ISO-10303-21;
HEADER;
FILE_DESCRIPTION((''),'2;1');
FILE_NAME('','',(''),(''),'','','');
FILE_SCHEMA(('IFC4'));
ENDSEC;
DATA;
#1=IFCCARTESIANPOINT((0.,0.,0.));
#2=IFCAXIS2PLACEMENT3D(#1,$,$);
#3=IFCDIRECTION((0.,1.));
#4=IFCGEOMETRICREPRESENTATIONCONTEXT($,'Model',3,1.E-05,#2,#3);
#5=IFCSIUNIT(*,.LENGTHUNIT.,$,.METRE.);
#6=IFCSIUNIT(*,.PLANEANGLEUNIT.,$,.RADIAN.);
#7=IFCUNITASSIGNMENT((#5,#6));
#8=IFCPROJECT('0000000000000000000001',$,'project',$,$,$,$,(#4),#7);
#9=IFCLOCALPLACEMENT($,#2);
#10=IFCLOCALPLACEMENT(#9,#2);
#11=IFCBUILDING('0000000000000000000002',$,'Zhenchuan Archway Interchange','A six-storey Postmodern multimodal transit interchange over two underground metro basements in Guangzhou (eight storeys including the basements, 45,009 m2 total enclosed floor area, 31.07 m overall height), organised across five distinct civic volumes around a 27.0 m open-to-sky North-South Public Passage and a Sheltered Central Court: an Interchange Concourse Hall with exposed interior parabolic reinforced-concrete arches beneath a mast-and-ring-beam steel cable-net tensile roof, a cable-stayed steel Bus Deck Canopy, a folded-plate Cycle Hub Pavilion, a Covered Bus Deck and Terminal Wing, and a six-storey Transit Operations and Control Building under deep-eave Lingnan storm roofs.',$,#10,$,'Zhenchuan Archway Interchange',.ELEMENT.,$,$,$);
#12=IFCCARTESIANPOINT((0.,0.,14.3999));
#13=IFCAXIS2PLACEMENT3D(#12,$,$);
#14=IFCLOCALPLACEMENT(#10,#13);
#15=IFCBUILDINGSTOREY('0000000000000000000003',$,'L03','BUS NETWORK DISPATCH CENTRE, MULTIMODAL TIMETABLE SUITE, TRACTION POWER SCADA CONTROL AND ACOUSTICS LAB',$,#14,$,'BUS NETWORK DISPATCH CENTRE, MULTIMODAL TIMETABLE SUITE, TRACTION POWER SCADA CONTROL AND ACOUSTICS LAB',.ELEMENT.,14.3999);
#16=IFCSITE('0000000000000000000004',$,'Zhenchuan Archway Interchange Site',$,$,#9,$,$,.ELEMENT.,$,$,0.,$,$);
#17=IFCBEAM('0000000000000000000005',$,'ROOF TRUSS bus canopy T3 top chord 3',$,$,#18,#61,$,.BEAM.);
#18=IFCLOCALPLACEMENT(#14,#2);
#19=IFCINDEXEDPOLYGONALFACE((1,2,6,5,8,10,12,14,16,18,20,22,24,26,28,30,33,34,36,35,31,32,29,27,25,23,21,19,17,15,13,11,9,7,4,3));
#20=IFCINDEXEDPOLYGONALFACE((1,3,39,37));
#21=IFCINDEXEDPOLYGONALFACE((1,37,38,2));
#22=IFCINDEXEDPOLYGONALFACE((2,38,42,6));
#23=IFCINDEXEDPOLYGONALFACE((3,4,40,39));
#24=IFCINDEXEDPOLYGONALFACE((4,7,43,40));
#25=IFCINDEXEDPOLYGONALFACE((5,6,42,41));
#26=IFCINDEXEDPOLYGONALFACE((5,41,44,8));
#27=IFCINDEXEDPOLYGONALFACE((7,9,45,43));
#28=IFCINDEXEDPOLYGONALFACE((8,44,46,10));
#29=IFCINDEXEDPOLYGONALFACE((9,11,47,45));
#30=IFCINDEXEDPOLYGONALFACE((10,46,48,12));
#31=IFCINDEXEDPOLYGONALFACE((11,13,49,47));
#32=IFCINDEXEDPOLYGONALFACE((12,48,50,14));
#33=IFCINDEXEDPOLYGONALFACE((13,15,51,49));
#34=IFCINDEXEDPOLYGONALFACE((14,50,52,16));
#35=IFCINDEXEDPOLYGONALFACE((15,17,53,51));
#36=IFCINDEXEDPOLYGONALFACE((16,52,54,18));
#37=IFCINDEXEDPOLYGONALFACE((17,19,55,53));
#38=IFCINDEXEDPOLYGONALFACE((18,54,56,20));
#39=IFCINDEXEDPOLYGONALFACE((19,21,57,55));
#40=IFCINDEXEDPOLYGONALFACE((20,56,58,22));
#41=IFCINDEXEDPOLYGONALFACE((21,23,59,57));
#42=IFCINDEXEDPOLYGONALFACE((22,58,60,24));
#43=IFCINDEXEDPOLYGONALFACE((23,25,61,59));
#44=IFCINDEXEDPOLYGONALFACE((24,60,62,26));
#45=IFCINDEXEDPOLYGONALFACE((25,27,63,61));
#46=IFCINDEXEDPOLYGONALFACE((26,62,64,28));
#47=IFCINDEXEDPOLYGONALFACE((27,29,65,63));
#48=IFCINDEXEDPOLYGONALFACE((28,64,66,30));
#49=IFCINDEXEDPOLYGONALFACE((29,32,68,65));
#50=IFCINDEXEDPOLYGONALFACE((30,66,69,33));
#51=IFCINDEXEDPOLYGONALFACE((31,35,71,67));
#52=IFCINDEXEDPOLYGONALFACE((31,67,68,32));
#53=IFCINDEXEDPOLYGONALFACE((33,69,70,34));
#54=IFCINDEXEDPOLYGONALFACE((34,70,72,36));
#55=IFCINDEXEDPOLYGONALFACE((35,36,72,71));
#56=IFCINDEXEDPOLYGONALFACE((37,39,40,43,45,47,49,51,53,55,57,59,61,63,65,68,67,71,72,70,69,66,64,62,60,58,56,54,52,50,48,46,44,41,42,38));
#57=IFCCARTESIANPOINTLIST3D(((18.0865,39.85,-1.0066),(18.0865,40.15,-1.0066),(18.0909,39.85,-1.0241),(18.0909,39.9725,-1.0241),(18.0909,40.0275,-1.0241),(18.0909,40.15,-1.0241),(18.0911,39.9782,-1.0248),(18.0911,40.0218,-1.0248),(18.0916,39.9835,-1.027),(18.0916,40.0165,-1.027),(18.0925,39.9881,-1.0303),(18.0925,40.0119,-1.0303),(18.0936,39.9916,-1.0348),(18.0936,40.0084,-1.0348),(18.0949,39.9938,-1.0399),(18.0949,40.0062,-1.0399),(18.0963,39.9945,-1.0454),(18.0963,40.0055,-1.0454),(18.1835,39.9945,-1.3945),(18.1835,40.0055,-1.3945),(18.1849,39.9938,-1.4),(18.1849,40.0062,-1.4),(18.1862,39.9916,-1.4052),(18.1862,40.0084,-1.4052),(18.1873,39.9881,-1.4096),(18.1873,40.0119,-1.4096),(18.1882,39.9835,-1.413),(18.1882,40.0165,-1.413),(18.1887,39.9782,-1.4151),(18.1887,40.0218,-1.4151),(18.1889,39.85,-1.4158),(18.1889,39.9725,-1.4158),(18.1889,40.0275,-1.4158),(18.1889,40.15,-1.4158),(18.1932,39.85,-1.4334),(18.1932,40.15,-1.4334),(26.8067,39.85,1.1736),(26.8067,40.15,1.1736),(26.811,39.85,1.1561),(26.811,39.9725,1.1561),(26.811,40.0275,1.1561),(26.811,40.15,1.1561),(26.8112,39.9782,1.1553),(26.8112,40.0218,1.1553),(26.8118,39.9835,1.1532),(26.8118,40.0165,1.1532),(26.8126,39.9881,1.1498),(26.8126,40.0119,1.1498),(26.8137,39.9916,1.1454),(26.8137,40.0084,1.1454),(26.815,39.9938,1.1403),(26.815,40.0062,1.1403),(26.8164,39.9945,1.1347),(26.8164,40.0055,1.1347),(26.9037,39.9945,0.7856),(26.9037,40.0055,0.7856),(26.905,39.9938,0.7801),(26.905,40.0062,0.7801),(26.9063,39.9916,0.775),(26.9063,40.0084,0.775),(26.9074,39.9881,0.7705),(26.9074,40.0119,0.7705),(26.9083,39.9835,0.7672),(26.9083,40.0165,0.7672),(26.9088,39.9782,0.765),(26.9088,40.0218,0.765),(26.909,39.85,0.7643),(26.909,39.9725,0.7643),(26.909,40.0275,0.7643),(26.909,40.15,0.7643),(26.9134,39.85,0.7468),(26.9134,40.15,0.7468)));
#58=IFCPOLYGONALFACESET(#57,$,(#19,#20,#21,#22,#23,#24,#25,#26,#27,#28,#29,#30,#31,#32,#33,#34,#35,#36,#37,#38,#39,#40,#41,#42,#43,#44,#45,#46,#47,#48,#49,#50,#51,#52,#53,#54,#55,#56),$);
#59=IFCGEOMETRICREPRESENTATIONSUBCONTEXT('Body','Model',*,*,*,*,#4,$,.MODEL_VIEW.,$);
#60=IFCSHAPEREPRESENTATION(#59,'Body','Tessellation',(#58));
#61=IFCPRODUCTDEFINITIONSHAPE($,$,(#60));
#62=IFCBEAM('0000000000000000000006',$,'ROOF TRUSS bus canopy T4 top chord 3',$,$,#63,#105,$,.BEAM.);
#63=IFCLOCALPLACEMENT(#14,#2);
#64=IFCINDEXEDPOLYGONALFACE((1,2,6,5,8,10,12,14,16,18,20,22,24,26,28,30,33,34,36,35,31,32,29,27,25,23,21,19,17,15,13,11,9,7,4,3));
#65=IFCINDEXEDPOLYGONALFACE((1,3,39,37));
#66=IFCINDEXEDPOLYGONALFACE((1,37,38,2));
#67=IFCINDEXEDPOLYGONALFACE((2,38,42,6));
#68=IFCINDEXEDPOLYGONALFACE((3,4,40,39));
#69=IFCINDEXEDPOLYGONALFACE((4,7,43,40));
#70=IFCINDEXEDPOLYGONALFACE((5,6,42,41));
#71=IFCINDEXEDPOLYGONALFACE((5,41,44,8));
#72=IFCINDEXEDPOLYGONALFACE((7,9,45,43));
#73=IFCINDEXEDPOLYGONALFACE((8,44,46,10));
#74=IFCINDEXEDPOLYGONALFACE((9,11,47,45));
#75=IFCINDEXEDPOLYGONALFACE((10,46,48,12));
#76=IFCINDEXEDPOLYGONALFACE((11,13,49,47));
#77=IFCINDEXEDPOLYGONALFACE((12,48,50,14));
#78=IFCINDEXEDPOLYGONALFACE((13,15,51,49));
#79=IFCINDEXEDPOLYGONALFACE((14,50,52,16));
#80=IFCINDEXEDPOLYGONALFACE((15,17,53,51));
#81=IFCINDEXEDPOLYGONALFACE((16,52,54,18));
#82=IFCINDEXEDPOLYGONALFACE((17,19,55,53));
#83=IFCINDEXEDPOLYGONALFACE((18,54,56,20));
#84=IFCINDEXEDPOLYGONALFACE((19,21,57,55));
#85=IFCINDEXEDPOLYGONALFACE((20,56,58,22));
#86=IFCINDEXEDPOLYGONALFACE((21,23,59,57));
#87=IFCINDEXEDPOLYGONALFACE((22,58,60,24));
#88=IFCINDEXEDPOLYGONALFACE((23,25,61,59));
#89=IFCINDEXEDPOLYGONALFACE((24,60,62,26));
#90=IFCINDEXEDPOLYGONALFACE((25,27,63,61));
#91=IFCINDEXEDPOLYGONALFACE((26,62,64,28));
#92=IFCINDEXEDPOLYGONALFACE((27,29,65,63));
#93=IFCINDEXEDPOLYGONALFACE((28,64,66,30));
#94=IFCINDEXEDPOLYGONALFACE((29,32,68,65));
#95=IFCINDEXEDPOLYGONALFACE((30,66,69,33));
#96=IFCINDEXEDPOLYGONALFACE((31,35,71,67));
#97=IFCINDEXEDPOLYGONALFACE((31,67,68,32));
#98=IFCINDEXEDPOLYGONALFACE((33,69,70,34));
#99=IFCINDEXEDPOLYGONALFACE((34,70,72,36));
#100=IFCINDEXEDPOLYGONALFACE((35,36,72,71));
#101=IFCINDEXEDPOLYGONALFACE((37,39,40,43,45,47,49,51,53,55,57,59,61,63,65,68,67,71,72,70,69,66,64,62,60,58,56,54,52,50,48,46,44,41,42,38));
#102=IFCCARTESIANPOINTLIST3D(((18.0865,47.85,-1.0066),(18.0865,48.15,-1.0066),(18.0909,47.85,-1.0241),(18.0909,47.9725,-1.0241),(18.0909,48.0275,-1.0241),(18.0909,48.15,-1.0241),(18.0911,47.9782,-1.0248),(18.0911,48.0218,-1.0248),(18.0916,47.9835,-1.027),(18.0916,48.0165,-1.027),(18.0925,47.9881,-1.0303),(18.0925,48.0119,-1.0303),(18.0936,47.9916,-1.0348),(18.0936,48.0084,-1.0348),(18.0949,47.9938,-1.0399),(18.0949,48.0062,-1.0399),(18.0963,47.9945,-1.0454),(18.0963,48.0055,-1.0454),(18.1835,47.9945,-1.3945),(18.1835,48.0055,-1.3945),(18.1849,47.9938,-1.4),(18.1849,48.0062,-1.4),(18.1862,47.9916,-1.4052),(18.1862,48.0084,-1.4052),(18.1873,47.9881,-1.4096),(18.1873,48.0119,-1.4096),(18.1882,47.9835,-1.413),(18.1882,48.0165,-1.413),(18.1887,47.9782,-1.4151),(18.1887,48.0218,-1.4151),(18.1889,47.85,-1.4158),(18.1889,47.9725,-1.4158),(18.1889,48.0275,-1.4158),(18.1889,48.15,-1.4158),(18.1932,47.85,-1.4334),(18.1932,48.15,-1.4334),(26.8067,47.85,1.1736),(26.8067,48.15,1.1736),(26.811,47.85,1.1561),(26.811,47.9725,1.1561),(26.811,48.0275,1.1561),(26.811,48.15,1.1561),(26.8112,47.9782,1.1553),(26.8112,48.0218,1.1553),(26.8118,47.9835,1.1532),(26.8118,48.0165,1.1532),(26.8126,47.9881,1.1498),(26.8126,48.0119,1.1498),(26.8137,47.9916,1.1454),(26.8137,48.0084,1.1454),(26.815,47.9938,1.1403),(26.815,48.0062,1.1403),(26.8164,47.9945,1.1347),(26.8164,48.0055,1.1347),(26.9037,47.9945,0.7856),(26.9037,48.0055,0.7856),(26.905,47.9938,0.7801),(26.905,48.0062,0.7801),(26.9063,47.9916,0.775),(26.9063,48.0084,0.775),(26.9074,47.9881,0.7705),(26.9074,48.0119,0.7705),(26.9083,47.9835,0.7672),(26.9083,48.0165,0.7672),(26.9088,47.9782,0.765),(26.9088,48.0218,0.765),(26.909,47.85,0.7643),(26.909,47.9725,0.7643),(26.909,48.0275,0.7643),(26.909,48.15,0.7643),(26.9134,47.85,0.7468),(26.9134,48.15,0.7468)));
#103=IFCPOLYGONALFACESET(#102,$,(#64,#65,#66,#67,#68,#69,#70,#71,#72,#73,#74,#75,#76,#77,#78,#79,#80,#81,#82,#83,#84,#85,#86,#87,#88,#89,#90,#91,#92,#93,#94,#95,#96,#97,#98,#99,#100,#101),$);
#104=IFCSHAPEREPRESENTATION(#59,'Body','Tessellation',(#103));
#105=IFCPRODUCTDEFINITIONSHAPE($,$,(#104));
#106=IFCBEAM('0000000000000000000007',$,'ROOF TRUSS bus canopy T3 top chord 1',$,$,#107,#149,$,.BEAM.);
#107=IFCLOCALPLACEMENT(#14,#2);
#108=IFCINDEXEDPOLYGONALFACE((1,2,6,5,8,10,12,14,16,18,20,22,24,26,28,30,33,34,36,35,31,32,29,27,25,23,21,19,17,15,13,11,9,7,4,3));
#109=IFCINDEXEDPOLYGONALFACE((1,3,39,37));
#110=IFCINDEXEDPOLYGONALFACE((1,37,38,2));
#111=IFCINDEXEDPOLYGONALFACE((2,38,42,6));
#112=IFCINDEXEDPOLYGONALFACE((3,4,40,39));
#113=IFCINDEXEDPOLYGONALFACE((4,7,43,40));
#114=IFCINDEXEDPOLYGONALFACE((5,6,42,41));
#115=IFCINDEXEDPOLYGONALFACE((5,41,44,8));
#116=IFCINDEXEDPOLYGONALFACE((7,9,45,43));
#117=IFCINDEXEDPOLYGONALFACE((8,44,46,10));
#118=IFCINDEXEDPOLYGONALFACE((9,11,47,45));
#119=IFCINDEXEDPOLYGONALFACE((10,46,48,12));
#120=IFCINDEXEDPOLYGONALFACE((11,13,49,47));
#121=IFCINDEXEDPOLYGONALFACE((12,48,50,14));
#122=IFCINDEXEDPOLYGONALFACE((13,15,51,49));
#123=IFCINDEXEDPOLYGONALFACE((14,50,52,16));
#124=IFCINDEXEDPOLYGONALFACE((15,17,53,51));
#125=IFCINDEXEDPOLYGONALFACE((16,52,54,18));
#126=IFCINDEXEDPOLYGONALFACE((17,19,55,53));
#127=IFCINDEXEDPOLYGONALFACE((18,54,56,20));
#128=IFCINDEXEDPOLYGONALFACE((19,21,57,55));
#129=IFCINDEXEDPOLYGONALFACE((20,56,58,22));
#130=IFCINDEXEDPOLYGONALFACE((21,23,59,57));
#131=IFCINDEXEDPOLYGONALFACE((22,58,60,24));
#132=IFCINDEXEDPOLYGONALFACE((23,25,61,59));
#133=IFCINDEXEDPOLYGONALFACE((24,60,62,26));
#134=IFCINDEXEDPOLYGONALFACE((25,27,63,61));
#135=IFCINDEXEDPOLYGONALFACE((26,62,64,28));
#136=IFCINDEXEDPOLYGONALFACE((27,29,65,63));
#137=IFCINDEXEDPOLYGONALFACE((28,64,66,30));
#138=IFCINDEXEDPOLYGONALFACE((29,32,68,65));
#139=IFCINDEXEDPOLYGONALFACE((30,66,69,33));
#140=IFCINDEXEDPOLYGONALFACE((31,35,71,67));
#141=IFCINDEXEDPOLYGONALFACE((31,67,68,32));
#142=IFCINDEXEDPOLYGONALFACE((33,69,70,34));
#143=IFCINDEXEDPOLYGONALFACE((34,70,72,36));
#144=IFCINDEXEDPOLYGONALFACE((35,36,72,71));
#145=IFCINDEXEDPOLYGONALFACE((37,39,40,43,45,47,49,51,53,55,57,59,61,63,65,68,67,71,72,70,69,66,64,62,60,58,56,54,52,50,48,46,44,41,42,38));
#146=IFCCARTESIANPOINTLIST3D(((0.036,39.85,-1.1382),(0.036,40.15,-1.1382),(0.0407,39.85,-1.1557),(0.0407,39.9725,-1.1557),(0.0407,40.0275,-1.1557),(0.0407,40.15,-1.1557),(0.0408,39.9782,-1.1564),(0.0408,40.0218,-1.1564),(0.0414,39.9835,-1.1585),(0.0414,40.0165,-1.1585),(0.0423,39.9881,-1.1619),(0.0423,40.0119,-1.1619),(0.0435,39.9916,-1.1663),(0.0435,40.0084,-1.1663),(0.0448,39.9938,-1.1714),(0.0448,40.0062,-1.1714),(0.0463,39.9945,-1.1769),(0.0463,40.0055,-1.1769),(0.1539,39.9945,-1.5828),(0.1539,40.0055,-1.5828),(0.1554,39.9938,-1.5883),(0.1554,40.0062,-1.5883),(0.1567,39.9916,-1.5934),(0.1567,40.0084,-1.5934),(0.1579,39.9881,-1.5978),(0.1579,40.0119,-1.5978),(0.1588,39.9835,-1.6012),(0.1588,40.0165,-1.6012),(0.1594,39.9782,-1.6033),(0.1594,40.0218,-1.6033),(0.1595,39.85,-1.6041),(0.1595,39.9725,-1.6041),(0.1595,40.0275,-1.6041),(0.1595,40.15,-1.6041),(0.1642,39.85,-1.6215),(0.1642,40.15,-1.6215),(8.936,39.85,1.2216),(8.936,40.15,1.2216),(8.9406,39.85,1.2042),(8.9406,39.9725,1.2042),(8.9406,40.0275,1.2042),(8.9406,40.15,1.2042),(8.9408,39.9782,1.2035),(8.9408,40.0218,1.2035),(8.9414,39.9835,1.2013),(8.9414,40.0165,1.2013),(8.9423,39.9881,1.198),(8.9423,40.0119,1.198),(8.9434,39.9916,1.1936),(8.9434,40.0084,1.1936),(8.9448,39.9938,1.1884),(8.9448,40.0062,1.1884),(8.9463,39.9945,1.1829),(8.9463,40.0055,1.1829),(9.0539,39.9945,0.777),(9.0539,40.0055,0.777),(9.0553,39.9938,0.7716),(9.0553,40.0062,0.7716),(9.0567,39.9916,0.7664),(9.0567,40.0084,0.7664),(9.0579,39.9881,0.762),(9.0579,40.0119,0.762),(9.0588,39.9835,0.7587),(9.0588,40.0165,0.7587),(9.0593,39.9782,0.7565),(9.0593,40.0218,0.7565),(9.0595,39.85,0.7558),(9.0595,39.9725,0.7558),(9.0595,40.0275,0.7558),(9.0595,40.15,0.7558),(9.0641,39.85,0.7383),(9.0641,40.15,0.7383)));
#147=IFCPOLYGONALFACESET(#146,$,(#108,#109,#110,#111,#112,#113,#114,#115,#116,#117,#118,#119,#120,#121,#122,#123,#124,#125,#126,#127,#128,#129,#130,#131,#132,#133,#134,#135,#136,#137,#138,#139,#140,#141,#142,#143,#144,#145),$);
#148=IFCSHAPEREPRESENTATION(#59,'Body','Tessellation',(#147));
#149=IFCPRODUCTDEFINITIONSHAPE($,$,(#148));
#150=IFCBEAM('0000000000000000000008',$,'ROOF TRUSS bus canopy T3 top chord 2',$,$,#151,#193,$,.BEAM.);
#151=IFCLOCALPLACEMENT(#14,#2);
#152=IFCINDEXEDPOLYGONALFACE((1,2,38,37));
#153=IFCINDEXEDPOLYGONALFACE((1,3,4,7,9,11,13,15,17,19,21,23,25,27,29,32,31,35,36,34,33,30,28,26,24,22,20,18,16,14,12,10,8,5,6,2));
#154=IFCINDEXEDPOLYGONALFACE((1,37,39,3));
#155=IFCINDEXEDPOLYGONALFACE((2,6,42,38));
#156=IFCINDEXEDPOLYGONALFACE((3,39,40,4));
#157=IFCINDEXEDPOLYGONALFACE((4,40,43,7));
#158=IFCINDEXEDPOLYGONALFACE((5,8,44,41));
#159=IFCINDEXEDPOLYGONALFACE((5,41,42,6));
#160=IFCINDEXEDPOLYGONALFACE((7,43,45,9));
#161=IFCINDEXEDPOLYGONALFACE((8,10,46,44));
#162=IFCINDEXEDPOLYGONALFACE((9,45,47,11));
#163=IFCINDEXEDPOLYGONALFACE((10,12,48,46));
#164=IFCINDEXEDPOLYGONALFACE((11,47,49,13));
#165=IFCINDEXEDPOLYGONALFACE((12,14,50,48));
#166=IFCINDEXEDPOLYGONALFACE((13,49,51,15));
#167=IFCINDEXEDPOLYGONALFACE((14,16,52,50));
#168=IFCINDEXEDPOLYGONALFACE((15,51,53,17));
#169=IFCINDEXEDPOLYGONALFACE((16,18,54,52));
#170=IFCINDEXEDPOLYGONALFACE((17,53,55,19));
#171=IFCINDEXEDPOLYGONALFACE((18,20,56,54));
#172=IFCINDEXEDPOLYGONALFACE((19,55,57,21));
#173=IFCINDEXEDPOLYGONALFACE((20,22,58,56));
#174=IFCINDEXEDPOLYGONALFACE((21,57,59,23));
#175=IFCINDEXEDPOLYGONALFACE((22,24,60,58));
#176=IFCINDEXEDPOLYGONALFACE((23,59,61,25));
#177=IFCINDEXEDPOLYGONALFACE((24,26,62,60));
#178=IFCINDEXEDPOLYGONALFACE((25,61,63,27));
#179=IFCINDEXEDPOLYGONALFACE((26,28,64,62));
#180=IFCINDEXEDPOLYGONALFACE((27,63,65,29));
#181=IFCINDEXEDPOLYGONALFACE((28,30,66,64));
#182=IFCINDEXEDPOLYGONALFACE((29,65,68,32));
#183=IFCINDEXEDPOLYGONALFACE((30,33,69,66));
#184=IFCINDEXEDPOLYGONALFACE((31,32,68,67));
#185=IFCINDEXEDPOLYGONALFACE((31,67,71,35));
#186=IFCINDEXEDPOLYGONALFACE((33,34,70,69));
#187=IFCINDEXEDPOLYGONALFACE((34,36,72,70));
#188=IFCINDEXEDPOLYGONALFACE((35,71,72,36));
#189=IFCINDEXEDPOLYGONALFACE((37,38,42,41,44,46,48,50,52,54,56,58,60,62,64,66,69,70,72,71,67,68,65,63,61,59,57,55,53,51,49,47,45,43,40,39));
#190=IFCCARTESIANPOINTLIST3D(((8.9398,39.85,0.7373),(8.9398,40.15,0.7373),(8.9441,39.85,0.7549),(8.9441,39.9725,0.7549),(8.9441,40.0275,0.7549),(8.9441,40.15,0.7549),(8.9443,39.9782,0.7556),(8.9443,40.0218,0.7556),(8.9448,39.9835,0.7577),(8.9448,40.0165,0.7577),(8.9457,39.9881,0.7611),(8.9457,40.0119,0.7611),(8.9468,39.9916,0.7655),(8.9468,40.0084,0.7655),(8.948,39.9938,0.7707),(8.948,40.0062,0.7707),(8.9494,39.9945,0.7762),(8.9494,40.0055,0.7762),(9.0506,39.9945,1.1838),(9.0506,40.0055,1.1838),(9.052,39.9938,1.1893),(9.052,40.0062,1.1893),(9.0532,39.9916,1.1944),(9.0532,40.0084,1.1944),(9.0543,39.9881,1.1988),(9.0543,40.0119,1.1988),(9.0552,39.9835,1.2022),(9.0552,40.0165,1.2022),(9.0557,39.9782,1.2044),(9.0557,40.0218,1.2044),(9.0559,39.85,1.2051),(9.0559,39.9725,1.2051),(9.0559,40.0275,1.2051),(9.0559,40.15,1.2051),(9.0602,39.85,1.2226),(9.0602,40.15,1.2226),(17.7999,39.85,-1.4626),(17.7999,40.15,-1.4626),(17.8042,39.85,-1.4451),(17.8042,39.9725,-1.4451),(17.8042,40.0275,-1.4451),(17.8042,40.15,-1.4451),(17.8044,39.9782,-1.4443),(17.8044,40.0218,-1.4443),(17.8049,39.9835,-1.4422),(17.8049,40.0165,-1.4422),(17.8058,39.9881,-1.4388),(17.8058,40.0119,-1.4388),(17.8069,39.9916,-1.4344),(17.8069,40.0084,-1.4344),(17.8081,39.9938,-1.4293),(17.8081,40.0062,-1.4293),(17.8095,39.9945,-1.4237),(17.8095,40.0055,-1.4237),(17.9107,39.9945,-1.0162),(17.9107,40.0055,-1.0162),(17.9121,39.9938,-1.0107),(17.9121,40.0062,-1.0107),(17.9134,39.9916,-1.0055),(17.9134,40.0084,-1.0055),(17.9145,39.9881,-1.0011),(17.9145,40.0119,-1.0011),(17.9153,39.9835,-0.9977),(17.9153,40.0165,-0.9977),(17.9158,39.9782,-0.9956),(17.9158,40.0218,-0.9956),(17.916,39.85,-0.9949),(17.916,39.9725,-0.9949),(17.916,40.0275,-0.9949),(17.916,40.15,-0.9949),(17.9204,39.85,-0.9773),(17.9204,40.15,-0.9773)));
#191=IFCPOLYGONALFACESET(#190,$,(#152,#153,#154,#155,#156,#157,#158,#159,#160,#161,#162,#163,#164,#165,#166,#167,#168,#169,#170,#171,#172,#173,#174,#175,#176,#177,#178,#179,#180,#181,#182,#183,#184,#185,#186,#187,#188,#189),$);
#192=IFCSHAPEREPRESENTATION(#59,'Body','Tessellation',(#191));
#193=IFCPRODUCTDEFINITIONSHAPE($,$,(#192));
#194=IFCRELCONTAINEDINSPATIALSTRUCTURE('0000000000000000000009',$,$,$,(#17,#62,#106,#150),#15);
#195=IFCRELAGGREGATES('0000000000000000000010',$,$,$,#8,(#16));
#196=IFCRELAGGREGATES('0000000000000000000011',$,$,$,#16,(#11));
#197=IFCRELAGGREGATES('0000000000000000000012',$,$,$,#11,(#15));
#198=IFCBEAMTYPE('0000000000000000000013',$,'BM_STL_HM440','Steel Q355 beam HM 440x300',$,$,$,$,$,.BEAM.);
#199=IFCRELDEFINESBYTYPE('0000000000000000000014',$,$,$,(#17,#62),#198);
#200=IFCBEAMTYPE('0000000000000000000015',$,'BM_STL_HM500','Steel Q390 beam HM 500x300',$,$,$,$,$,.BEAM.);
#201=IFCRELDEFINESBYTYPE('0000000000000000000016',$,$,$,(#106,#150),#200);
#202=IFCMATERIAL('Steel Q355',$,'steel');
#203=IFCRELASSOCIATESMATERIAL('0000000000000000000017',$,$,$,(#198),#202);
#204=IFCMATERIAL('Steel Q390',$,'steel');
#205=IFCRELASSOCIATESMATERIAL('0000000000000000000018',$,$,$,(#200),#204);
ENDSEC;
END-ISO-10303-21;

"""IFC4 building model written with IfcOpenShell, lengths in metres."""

from ifc_helpers import new_model, si_unit, direction, frame, origin, origin_2d, place, context, subcontext, project, spatial, i_section, extrude, material, material_profile, profile_set, type_object, element, save


model = new_model("IFC4")

# Units and contexts
model_context = context("Model", 3, precision=1e-05, world=origin(), true_north=direction((0.0, 1.0)))
body_context = subcontext(model_context, "Body", "Model", "MODEL_VIEW")
ifc_project = project(units=[si_unit("LENGTHUNIT", "METRE"), si_unit("PLANEANGLEUNIT", "RADIAN")], contexts=[model_context])

# Site, building, storey
site_placement = place(None, origin())
site = spatial("IfcSite", under=ifc_project, at=site_placement, Name="Zhenchuan Archway Interchange Site", CompositionType="ELEMENT", RefElevation=0.0)
building_placement = place(site_placement, origin())
building = spatial("IfcBuilding", under=site, at=building_placement, Name="Zhenchuan Archway Interchange", Description="A six-storey Postmodern multimodal transit interchange over two underground metro basements in Guangzhou (eight storeys including the basements, 45,009 m2 total enclosed floor area, 31.07 m overall height), organised across five distinct civic volumes around a 27.0 m open-to-sky North-South Public Passage and a Sheltered Central Court: an Interchange Concourse Hall with exposed interior parabolic reinforced-concrete arches beneath a mast-and-ring-beam steel cable-net tensile roof, a cable-stayed steel Bus Deck Canopy, a folded-plate Cycle Hub Pavilion, a Covered Bus Deck and Terminal Wing, and a six-storey Transit Operations and Control Building under deep-eave Lingnan storm roofs.", LongName="Zhenchuan Archway Interchange", CompositionType="ELEMENT")
storey_placement = place(building_placement, frame((0.0, 0.0, 14.3999)))
storey = spatial("IfcBuildingStorey", under=building, at=storey_placement, Name="L03", Description="BUS NETWORK DISPATCH CENTRE, MULTIMODAL TIMETABLE SUITE, TRACTION POWER SCADA CONTROL AND ACOUSTICS LAB", LongName="BUS NETWORK DISPATCH CENTRE, MULTIMODAL TIMETABLE SUITE, TRACTION POWER SCADA CONTROL AND ACOUSTICS LAB", CompositionType="ELEMENT", Elevation=14.3999)

# Shared definitions
ifc_material_1 = material(Name="Steel Q390", Category="steel")

# Beams
ifc_material_2 = material(Name="Steel Q355", Category="steel")
ifc_material_profile_1 = material_profile(ifc_material_2, i_section(OverallWidth=0.3, OverallDepth=0.4399, WebThickness=0.011, FlangeThickness=0.0181, FilletRadius=0.022, at=origin_2d()), Name="HM 440x300")
ifc_profile_set_1 = profile_set([ifc_material_profile_1], Name="Steel Q355")
beam_type_1 = type_object("IfcBeamType", Name="BM_STL_HM440", Description="Steel Q355 beam HM 440x300", PredefinedType="BEAM", material=ifc_profile_set_1)
for number, where, z_axis, x_axis, name in (
    (1, (18.1399, 40.0, -1.22), (0.970139, 0.0, 0.242548), (0.0, 1.0, 0.0), "ROOF TRUSS bus canopy T3 top chord 3"),
    (2, (18.1399, 48.0, -1.22), (0.970139, 0.0, 0.242548), (0.0, 1.0, 0.0), "ROOF TRUSS bus canopy T4 top chord 3"),
):
    element("IfcBeam", number, at=place(storey_placement, frame(where, z_axis=z_axis, x_axis=x_axis)), inside=storey, type_object=beam_type_1, Name=name, PredefinedType="BEAM", context=body_context, shape_type="SweptSolid", body=[
        extrude(i_section(OverallWidth=0.3, OverallDepth=0.4399, WebThickness=0.011, FlangeThickness=0.0181, FilletRadius=0.022, at=origin_2d()), origin(), (0.0, 0.0, 1.0), 8.9885),
    ])
ifc_material_profile_2 = material_profile(ifc_material_1, i_section(OverallWidth=0.3, OverallDepth=0.5, WebThickness=0.011, FlangeThickness=0.0181, FilletRadius=0.022, at=origin_2d()), Name="HM 500x300")
ifc_profile_set_2 = profile_set([ifc_material_profile_2], Name="Steel Q390")
beam_type_2 = type_object("IfcBeamType", Name="BM_STL_HM500", Description="Steel Q390 beam HM 500x300", PredefinedType="BEAM", material=ifc_profile_set_2)
beam_1_placement = place(storey_placement, frame((0.1001, 40.0, -1.3799), z_axis=(0.966597, 0.0, 0.256299), x_axis=(0.0, 1.0, 0.0)))
element("IfcBeam", 3, at=beam_1_placement, inside=storey, type_object=beam_type_2, Name="ROOF TRUSS bus canopy T3 top chord 1", PredefinedType="BEAM", context=body_context, shape_type="SweptSolid", body=[
    extrude(i_section(OverallWidth=0.3, OverallDepth=0.5, WebThickness=0.011, FlangeThickness=0.0181, FilletRadius=0.022, at=origin_2d()), origin(), (0.0, 0.0, 1.0), 9.2075),
])
beam_2_placement = place(storey_placement, frame((9.0, 40.0, 0.98), z_axis=(0.97053, 0.0, -0.240981), x_axis=(0.0, 1.0, 0.0)))
element("IfcBeam", 4, at=beam_2_placement, inside=storey, type_object=beam_type_2, Name="ROOF TRUSS bus canopy T3 top chord 2", PredefinedType="BEAM", context=body_context, shape_type="SweptSolid", body=[
    extrude(i_section(OverallWidth=0.3, OverallDepth=0.5, WebThickness=0.011, FlangeThickness=0.0181, FilletRadius=0.022, at=origin_2d()), origin(), (0.0, 0.0, 1.0), 9.1292),
])

save(model, "model.ifc")
